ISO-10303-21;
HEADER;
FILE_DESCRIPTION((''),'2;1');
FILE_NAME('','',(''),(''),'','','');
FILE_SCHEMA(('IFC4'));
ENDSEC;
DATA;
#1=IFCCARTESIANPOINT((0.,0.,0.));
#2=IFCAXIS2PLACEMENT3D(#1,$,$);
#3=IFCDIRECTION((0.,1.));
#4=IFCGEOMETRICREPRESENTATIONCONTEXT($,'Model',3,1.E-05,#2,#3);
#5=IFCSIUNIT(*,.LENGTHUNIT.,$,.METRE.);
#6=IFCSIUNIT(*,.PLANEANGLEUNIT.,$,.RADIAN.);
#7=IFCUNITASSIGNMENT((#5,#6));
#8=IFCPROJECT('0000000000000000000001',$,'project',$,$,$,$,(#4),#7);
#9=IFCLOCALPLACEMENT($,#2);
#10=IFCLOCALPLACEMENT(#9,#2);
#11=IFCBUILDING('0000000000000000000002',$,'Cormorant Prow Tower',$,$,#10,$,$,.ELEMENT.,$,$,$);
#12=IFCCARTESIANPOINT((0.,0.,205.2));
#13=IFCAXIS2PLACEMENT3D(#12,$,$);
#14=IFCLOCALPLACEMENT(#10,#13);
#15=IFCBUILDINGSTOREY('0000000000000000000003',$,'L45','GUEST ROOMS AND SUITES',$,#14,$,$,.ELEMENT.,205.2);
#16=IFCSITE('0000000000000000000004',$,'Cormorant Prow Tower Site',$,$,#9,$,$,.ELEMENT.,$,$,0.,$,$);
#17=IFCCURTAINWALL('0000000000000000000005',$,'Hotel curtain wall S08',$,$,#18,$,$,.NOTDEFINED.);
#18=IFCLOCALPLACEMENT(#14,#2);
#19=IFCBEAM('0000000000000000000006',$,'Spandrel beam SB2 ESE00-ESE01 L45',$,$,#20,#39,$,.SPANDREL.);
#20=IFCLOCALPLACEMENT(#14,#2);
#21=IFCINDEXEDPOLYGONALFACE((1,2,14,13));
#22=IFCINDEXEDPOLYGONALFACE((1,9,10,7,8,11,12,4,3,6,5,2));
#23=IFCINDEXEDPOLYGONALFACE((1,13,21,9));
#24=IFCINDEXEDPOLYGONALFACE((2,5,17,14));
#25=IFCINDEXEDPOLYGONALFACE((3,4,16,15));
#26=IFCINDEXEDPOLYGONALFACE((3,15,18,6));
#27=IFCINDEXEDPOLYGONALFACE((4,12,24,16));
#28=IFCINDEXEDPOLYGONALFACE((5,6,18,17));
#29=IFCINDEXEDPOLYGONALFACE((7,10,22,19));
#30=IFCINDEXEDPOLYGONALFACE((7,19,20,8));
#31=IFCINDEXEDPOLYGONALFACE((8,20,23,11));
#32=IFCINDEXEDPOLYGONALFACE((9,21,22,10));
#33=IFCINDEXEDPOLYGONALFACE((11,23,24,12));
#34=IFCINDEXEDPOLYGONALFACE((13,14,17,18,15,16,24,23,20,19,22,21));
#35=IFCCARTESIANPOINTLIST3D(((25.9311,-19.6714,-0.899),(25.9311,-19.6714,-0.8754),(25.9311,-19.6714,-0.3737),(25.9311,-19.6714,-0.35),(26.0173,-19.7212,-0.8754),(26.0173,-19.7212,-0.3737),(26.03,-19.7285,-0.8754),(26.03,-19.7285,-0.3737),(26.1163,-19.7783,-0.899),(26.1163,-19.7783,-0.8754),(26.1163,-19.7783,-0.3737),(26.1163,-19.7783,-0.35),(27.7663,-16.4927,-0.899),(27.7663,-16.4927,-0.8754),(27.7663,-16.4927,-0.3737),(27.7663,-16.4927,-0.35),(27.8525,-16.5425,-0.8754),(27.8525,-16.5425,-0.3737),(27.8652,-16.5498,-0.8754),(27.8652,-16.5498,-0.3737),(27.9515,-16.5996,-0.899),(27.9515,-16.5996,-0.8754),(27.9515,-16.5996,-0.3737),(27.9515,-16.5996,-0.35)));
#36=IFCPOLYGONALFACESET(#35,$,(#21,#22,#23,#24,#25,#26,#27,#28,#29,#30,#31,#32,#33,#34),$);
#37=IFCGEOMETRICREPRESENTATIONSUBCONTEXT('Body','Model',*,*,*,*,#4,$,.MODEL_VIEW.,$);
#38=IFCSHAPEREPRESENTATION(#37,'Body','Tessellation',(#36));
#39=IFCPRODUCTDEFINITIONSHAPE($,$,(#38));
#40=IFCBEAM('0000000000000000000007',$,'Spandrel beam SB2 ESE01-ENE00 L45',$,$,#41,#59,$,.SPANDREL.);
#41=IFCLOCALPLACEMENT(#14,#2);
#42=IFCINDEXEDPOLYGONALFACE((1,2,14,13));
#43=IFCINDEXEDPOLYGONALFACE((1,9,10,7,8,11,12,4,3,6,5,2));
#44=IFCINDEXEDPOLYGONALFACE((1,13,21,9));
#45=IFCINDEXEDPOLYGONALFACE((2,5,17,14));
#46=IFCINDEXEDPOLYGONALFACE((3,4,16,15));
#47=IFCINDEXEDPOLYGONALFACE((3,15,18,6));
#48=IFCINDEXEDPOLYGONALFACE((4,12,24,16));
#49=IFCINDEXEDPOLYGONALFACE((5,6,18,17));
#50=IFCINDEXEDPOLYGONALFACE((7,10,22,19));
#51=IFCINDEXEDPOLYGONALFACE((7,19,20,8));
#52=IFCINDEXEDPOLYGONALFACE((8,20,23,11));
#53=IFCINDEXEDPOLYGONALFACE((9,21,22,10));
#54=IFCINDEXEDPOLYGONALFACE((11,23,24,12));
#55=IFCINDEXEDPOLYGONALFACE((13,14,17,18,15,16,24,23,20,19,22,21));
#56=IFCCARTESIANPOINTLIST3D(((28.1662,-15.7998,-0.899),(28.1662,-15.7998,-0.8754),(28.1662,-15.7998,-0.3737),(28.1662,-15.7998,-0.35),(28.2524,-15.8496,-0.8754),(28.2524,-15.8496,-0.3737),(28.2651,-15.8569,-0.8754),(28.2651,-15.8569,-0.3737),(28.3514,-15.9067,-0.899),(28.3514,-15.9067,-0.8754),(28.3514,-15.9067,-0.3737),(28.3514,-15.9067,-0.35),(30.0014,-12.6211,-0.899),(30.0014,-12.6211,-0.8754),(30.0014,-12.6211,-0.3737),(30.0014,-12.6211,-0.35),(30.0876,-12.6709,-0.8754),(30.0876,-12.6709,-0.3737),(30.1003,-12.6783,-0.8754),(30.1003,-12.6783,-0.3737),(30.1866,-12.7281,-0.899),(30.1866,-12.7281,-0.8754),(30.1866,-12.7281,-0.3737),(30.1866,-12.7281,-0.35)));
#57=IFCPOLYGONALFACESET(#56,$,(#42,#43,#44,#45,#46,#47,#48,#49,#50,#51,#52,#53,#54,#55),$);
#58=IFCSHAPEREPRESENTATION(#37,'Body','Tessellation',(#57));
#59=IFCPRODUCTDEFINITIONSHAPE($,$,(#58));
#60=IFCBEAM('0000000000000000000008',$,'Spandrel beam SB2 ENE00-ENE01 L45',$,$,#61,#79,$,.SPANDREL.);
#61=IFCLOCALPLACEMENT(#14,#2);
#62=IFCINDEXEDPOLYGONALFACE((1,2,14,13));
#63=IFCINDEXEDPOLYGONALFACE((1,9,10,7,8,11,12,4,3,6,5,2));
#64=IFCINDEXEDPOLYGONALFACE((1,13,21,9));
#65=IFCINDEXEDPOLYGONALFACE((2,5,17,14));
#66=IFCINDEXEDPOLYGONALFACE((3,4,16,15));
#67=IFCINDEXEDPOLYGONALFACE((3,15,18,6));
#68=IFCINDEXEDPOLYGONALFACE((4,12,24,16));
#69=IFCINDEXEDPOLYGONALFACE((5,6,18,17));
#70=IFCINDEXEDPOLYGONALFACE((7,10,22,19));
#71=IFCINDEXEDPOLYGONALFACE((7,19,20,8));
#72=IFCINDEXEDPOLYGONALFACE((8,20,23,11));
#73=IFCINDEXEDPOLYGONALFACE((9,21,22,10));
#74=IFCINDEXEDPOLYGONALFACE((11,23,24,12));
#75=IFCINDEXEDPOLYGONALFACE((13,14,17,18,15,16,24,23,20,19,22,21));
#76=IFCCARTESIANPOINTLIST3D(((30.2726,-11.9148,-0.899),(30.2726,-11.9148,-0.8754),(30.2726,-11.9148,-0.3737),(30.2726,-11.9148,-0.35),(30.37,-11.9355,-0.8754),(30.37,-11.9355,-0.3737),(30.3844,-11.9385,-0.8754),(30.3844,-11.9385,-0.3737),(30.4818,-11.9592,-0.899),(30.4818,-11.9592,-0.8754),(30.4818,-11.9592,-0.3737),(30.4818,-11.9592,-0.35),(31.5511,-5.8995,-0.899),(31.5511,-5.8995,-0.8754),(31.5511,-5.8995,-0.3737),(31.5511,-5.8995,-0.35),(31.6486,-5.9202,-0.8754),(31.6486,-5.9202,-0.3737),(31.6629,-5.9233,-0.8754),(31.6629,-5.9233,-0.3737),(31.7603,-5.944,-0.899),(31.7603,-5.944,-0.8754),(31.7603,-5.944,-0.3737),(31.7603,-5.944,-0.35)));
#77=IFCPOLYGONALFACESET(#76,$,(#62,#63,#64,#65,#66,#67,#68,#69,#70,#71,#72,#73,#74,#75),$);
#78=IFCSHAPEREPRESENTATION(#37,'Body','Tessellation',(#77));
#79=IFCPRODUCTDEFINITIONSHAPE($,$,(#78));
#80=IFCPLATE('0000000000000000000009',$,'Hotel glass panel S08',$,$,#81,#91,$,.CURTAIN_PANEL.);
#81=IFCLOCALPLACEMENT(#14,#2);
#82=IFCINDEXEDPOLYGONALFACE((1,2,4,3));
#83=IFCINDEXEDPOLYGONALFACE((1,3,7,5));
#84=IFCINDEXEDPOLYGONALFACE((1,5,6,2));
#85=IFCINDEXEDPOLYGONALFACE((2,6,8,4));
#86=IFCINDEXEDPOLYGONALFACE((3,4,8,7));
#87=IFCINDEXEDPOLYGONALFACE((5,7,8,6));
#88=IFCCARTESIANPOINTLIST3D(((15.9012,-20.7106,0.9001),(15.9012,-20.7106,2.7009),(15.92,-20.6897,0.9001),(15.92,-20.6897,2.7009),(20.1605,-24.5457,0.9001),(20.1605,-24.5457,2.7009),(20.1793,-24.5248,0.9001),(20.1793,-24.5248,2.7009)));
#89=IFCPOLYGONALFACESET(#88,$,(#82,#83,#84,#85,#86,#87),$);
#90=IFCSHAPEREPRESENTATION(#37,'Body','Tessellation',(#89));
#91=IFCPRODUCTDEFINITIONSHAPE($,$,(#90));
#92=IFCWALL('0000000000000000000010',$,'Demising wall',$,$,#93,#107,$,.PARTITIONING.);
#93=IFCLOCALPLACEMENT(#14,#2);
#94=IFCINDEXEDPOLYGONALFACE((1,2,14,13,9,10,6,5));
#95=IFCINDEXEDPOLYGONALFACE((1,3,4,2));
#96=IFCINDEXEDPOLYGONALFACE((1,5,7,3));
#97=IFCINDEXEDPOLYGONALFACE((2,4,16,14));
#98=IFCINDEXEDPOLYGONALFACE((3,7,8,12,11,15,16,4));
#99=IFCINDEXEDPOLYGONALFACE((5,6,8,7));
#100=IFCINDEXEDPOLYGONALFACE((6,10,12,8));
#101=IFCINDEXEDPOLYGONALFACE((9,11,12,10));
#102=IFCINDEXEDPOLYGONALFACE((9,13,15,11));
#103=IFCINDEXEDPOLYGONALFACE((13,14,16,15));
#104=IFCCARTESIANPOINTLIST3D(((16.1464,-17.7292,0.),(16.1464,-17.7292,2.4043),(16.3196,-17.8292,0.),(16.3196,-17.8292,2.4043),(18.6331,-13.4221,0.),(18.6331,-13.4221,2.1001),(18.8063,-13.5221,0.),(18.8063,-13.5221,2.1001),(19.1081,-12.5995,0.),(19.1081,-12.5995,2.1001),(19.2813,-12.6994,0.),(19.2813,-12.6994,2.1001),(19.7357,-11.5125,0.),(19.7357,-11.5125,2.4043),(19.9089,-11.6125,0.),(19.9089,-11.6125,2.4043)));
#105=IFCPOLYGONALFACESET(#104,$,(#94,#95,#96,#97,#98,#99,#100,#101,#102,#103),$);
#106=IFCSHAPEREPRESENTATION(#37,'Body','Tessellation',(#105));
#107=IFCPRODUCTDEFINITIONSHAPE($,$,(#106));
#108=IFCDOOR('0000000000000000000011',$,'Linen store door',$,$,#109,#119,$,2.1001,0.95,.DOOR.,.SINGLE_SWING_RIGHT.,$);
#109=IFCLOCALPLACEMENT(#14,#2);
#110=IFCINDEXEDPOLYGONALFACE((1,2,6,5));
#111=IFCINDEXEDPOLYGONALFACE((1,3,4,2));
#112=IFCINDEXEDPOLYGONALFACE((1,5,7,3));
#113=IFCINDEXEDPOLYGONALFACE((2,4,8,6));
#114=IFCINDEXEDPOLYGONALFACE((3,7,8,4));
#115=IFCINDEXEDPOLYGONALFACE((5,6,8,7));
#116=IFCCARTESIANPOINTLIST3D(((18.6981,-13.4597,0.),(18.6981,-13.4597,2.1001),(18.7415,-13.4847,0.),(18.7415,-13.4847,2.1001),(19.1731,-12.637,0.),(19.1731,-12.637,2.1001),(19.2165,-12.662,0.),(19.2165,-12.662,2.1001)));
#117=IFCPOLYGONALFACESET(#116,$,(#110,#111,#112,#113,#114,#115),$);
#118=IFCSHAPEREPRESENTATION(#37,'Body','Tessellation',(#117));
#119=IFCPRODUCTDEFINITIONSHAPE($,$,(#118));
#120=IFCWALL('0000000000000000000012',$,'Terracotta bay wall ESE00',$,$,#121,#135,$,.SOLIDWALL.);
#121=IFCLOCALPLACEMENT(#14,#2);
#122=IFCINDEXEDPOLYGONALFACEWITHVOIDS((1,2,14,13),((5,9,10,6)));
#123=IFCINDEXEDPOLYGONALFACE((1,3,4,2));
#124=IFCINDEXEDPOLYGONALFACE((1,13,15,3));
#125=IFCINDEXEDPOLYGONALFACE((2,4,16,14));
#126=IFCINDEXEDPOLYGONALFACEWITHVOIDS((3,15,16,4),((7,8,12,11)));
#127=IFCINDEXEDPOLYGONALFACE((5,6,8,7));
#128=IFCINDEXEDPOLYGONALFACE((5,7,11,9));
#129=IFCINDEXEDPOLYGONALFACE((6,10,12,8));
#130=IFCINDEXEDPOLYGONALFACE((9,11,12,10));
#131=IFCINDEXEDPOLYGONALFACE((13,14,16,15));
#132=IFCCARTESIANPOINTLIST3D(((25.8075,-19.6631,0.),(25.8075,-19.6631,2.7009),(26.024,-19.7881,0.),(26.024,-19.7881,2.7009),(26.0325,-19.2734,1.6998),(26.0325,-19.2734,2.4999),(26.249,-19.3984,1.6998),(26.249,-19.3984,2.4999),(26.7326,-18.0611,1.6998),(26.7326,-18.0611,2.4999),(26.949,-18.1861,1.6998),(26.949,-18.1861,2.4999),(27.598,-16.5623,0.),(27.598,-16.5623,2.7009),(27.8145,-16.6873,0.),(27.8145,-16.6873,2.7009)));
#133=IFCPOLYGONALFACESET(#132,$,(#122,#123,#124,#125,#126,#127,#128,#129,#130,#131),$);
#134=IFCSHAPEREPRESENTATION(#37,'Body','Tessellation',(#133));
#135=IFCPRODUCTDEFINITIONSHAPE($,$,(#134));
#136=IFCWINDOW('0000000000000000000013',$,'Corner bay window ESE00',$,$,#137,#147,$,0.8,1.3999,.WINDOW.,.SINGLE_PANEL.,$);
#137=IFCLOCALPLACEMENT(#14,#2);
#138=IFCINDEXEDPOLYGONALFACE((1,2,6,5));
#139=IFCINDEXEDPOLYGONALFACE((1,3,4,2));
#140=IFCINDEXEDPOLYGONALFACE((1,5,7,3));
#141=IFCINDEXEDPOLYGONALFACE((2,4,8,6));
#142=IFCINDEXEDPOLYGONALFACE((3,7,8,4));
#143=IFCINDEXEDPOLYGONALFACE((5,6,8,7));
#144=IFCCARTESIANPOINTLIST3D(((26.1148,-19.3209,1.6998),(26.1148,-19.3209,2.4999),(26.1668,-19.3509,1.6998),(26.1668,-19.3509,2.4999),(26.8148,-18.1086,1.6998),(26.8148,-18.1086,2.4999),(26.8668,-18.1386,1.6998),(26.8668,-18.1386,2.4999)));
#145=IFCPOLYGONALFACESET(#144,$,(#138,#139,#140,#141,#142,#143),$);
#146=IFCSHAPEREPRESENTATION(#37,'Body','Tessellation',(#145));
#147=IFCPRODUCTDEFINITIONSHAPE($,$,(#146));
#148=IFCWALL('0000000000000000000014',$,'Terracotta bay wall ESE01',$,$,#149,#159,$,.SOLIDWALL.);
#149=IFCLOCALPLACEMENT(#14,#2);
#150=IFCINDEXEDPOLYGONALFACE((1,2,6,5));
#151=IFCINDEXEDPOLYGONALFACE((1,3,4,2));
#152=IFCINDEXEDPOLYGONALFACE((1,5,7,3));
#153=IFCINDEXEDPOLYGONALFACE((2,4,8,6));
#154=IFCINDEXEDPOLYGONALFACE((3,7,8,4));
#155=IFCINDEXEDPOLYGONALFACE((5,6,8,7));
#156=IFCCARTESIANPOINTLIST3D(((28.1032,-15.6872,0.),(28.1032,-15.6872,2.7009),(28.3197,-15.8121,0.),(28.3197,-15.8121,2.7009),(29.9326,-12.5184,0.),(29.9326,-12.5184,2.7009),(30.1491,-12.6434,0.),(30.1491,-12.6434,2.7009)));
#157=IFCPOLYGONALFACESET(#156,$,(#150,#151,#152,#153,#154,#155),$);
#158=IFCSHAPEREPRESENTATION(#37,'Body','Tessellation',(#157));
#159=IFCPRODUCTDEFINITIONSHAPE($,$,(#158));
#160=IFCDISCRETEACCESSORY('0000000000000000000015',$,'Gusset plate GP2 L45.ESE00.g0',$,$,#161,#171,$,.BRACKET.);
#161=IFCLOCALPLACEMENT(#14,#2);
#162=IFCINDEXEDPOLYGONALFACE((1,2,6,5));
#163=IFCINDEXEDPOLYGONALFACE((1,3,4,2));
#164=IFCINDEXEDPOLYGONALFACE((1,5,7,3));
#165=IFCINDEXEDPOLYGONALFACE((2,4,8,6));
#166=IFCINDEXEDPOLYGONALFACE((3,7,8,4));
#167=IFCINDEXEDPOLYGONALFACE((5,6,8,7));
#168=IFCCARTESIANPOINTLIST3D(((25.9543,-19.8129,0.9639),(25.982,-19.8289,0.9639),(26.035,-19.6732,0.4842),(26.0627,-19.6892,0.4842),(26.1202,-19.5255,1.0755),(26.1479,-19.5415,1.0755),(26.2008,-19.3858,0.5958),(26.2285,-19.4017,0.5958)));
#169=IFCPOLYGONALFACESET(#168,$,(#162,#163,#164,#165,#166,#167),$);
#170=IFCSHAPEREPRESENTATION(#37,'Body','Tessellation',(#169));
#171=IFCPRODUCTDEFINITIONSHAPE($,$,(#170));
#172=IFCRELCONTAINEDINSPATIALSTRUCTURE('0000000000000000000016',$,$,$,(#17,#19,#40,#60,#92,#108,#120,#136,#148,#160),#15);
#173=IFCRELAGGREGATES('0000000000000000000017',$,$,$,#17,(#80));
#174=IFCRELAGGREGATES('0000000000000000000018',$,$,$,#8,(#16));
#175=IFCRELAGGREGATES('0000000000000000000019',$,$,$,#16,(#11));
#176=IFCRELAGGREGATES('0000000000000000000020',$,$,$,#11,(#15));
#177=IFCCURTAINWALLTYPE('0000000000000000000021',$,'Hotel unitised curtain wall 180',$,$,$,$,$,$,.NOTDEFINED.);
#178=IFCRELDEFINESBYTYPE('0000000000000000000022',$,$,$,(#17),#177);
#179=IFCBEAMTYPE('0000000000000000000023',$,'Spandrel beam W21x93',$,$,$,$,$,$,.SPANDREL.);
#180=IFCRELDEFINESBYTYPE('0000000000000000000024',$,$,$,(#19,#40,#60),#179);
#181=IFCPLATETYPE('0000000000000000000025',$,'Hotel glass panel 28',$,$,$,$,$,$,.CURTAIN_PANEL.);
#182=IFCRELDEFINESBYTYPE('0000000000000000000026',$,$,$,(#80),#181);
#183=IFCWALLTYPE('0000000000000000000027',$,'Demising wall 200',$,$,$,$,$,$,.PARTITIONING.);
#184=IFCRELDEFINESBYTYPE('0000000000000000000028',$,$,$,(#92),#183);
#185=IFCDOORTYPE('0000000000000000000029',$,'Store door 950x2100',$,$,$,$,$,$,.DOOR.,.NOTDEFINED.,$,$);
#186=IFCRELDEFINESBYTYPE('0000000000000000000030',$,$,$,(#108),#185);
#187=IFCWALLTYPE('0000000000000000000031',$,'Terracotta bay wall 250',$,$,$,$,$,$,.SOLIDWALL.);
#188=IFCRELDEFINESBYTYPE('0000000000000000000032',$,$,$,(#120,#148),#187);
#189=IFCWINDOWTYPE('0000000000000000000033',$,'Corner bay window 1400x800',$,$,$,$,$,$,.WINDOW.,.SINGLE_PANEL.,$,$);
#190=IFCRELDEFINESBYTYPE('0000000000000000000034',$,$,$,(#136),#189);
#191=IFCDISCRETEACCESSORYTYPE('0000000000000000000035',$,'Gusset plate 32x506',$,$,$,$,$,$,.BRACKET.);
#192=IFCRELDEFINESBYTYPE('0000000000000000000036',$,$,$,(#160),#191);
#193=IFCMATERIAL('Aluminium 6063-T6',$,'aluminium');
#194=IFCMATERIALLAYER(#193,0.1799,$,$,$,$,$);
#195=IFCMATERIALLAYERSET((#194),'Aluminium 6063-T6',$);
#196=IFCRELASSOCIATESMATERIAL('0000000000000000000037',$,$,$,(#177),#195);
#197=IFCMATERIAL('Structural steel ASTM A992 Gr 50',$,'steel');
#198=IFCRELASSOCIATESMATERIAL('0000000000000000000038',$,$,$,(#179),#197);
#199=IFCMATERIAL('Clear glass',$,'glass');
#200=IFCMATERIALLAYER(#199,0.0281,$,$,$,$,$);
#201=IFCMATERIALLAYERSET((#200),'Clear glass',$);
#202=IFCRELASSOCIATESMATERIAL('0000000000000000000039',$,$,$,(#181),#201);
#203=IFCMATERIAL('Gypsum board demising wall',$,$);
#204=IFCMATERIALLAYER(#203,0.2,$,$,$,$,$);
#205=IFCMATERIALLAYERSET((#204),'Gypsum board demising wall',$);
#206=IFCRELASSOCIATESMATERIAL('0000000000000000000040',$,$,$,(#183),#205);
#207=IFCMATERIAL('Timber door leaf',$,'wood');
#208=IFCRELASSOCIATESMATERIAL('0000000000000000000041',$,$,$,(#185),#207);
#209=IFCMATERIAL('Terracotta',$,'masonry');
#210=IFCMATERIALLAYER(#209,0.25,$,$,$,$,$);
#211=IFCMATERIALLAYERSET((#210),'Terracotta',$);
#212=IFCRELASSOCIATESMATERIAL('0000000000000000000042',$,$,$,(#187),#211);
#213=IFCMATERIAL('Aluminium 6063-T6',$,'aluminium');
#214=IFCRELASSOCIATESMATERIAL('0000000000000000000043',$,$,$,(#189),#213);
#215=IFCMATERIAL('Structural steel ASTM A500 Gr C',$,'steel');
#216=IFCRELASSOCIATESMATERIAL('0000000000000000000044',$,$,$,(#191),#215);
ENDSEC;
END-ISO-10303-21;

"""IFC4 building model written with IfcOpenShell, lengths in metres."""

from ifc_helpers import new_model, si_unit, direction, frame, frame_2d, origin, origin_2d, place, context, subcontext, project, spatial, rectangle, i_section, extrude, material, layer, layer_set, material_profile, profile_set, type_object, element, fill, aggregate, save


model = new_model("IFC4")

# Units and contexts
model_context = context("Model", 3, precision=1e-05, world=origin(), true_north=direction((0.0, 1.0)))
body_context = subcontext(model_context, "Body", "Model", "MODEL_VIEW")
ifc_project = project(units=[si_unit("LENGTHUNIT", "METRE"), si_unit("PLANEANGLEUNIT", "RADIAN")], contexts=[model_context])

# Site, building, storey
site_placement = place(None, origin())
site = spatial("IfcSite", under=ifc_project, at=site_placement, Name="Cormorant Prow Tower Site", CompositionType="ELEMENT", RefElevation=0.0)
building_placement = place(site_placement, origin())
building = spatial("IfcBuilding", under=site, at=building_placement, Name="Cormorant Prow Tower", CompositionType="ELEMENT")
storey_placement = place(building_placement, frame((0.0, 0.0, 205.2)))
storey = spatial("IfcBuildingStorey", under=building, at=storey_placement, Name="L45", Description="GUEST ROOMS AND SUITES", CompositionType="ELEMENT", Elevation=205.2)

# Curtain wall
ifc_material_1 = material(Name="Aluminium 6063-T6", Category="aluminium")
ifc_layer_1 = layer(ifc_material_1, 0.1799)
ifc_layer_set_1 = layer_set([ifc_layer_1], Name="Aluminium 6063-T6")
curtain_wall_type = type_object("IfcCurtainWallType", Name="Hotel unitised curtain wall 180", PredefinedType="NOTDEFINED", material=ifc_layer_set_1)
curtain_wall_placement = place(storey_placement, origin())
curtain_wall = element("IfcCurtainWall", 1, at=curtain_wall_placement, inside=storey, type_object=curtain_wall_type, Name="Hotel curtain wall S08", PredefinedType="NOTDEFINED")

# Beams
ifc_material_2 = material(Name="Structural steel ASTM A992 Gr 50", Category="steel")
ifc_material_profile_1 = material_profile(ifc_material_2, i_section(OverallWidth=0.2139, OverallDepth=0.5491, WebThickness=0.0146, FlangeThickness=0.0237, at=origin_2d()), Name="W21x93")
ifc_profile_set_1 = profile_set([ifc_material_profile_1], Name="Structural steel ASTM A992 Gr 50")
beam_type = type_object("IfcBeamType", Name="Spandrel beam W21x93", PredefinedType="SPANDREL", material=ifc_profile_set_1)
for number, where, z_axis, x_axis, name in (
    (2, (26.0237, -19.7249, -0.6245), (0.499995, 0.866028, 0.0), (-0.866028, 0.499995, 0.0), "Spandrel beam SB2 ESE00-ESE01 L45"),
    (3, (28.2588, -15.8533, -0.6245), (0.499995, 0.866028, 0.0), (-0.866028, 0.499995, 0.0), "Spandrel beam SB2 ESE01-ENE00 L45"),
):
    element("IfcBeam", number, at=place(storey_placement, frame(where, z_axis=z_axis, x_axis=x_axis)), inside=storey, type_object=beam_type, Name=name, PredefinedType="SPANDREL", context=body_context, shape_type="SweptSolid", body=[
        extrude(i_section(OverallWidth=0.2139, OverallDepth=0.5491, WebThickness=0.0146, FlangeThickness=0.0237, at=origin_2d()), origin(), (0.0, 0.0, 1.0), 3.6704),
    ])
beam_1_placement = place(storey_placement, frame((30.3772, -11.937, -0.6245), z_axis=(0.207905, 0.978149, 0.0), x_axis=(-0.978149, 0.207905, 0.0)))
element("IfcBeam", 4, at=beam_1_placement, inside=storey, type_object=beam_type, Name="Spandrel beam SB2 ENE00-ENE01 L45", PredefinedType="SPANDREL", context=body_context, shape_type="SweptSolid", body=[
    extrude(i_section(OverallWidth=0.2139, OverallDepth=0.5491, WebThickness=0.0146, FlangeThickness=0.0237, at=origin_2d()), origin(), (0.0, 0.0, 1.0), 6.1497),
])

# Plate
ifc_material_3 = material(Name="Clear glass", Category="glass")
ifc_layer_2 = layer(ifc_material_3, 0.0281)
ifc_layer_set_2 = layer_set([ifc_layer_2], Name="Clear glass")
plate_type = type_object("IfcPlateType", Name="Hotel glass panel 28", PredefinedType="CURTAIN_PANEL", material=ifc_layer_set_2)
plate_placement = place(storey_placement, frame((18.0403, -22.6177, 0.9001), z_axis=(0.0, 0.0, 1.0), x_axis=(0.743145, -0.669131, 0.0)))
plate = element("IfcPlate", 5, at=plate_placement, type_object=plate_type, Name="Hotel glass panel S08", PredefinedType="CURTAIN_PANEL", context=body_context, shape_type="SweptSolid", body=[
    extrude(rectangle(XDim=5.7314, YDim=0.0281, at=origin_2d()), origin(), (0.0, 0.0, 1.0), 1.8008),
])
aggregate(curtain_wall, [plate])

# Wall, opening, door
ifc_material_4 = material(Name="Gypsum board demising wall")
ifc_layer_3 = layer(ifc_material_4, 0.2)
ifc_layer_set_3 = layer_set([ifc_layer_3], Name="Gypsum board demising wall")
wall_type_1 = type_object("IfcWallType", Name="Demising wall 200", PredefinedType="PARTITIONING", material=ifc_layer_set_3)
wall_1_placement = place(storey_placement, frame((16.2329, -17.7793, 0.0), z_axis=(0.0, 0.0, 1.0), x_axis=(0.500009, 0.86602, 0.0)))
wall_1 = element("IfcWall", 6, at=wall_1_placement, inside=storey, type_object=wall_type_1, Name="Demising wall", PredefinedType="PARTITIONING", context=body_context, shape_type="SweptSolid", body=[
    extrude(rectangle(XDim=7.1785, YDim=0.2, at=frame_2d((3.5894, 0.0))), origin(), (0.0, 0.0, 1.0), 2.4043),
])
opening_1_placement = place(wall_1_placement, frame((4.9734, 0.0, 0.0)))
opening_1 = element("IfcOpeningElement", 7, at=opening_1_placement, cuts=wall_1, PredefinedType="OPENING", context=body_context, shape_type="SweptSolid", body=[
    extrude(rectangle(XDim=0.95, YDim=2.1001, at=frame_2d((0.4751, 1.05))), frame((0.0, 0.1099, 0.0), z_axis=(0.0, -1.0, 0.0), x_axis=(1.0, 0.0, 0.0)), (0.0, 0.0, 1.0), 0.22),
])
ifc_material_5 = material(Name="Timber door leaf", Category="wood")
door_type_1 = type_object("IfcDoorType", Name="Store door 950x2100", OperationType="NOTDEFINED", PredefinedType="DOOR", material=ifc_material_5)
door_1_placement = place(opening_1_placement, origin())
door_1 = element("IfcDoor", 8, at=door_1_placement, inside=storey, type_object=door_type_1, Name="Linen store door", OperationType="SINGLE_SWING_RIGHT", OverallHeight=2.1001, OverallWidth=0.95, PredefinedType="DOOR", context=body_context, shape_type="SweptSolid", body=[
    extrude(rectangle(XDim=0.95, YDim=2.1001, at=frame_2d((0.4751, 1.05))), frame((0.0, 0.0249, 0.0), z_axis=(0.0, -1.0, 0.0), x_axis=(1.0, 0.0, 0.0)), (0.0, 0.0, 1.0), 0.05),
])
fill(opening_1, door_1)

# Wall, opening, window
ifc_material_6 = material(Name="Terracotta", Category="masonry")
ifc_layer_4 = layer(ifc_material_6, 0.25)
ifc_layer_set_4 = layer_set([ifc_layer_4], Name="Terracotta")
wall_type_2 = type_object("IfcWallType", Name="Terracotta bay wall 250", PredefinedType="SOLIDWALL", material=ifc_layer_set_4)
wall_2_placement = place(storey_placement, frame((25.9158, -19.7256, 0.0), z_axis=(0.0, 0.0, 1.0), x_axis=(0.500055, 0.865994, 0.0)))
wall_2 = element("IfcWall", 9, at=wall_2_placement, inside=storey, type_object=wall_type_2, Name="Terracotta bay wall ESE00", PredefinedType="SOLIDWALL", context=body_context, shape_type="SweptSolid", body=[
    extrude(rectangle(XDim=3.5806, YDim=0.25, at=frame_2d((1.7903, 0.0))), origin(), (0.0, 0.0, 1.0), 2.7009),
])
opening_2_placement = place(wall_2_placement, frame((0.45, 0.0, 1.7)))
opening_2 = element("IfcOpeningElement", 10, at=opening_2_placement, cuts=wall_2, PredefinedType="OPENING", context=body_context, shape_type="SweptSolid", body=[
    extrude(rectangle(XDim=1.3999, YDim=0.8, at=frame_2d((0.7, 0.3999))), frame((0.0, 0.135, 0.0), z_axis=(0.0, -1.0, 0.0), x_axis=(1.0, 0.0, 0.0)), (0.0, 0.0, 1.0), 0.27),
])
ifc_material_7 = material(Name="Aluminium 6063-T6", Category="aluminium")
window_type = type_object("IfcWindowType", Name="Corner bay window 1400x800", PartitioningType="SINGLE_PANEL", PredefinedType="WINDOW", material=ifc_material_7)
window_placement = place(opening_2_placement, origin())
window = element("IfcWindow", 11, at=window_placement, inside=storey, type_object=window_type, Name="Corner bay window ESE00", OverallHeight=0.8, OverallWidth=1.3999, PartitioningType="SINGLE_PANEL", PredefinedType="WINDOW", context=body_context, shape_type="SweptSolid", body=[
    extrude(rectangle(XDim=1.3999, YDim=0.8, at=frame_2d((0.7, 0.3999))), frame((0.0, 0.03, 0.0), z_axis=(0.0, -1.0, 0.0), x_axis=(1.0, 0.0, 0.0)), (0.0, 0.0, 1.0), 0.0601),
])
fill(opening_2, window)

# Wall
wall_3_placement = place(storey_placement, frame((28.2114, -15.7498, 0.0), z_axis=(0.0, 0.0, 1.0), x_axis=(0.499979, 0.866038, 0.0)))
element("IfcWall", 12, at=wall_3_placement, inside=storey, type_object=wall_type_2, Name="Terracotta bay wall ESE01", PredefinedType="SOLIDWALL", context=body_context, shape_type="SweptSolid", body=[
    extrude(rectangle(XDim=3.6589, YDim=0.25, at=frame_2d((1.8296, 0.0))), origin(), (0.0, 0.0, 1.0), 2.7009),
])

# Discrete accessory
ifc_material_8 = material(Name="Structural steel ASTM A500 Gr C", Category="steel")
ifc_material_profile_2 = material_profile(ifc_material_8, rectangle(XDim=0.032, YDim=0.5061, at=origin_2d()), Name="Gusset plate 32x506")
ifc_profile_set_2 = profile_set([ifc_material_profile_2], Name="Structural steel ASTM A500 Gr C")
discrete_accessory_type = type_object("IfcDiscreteAccessoryType", Name="Gusset plate 32x506", PredefinedType="BRACKET", material=ifc_profile_set_2)
for number, where, z_axis, x_axis, name in (
    (13, (26.1743, -19.4636, 0.8357), (-0.473632, -0.821008, -0.318777), (0.866198, -0.499701, 0.0), "Gusset plate GP2 L45.ESE00.g0"),
):
    element("IfcDiscreteAccessory", number, at=place(storey_placement, frame(where, z_axis=z_axis, x_axis=x_axis)), inside=storey, type_object=discrete_accessory_type, Name=name, PredefinedType="BRACKET", context=body_context, shape_type="SweptSolid", body=[
        extrude(rectangle(XDim=0.032, YDim=0.5061, at=origin_2d()), origin(), (0.0, 0.0, 1.0), 0.3501),
    ])

save(model, "model.ifc")
